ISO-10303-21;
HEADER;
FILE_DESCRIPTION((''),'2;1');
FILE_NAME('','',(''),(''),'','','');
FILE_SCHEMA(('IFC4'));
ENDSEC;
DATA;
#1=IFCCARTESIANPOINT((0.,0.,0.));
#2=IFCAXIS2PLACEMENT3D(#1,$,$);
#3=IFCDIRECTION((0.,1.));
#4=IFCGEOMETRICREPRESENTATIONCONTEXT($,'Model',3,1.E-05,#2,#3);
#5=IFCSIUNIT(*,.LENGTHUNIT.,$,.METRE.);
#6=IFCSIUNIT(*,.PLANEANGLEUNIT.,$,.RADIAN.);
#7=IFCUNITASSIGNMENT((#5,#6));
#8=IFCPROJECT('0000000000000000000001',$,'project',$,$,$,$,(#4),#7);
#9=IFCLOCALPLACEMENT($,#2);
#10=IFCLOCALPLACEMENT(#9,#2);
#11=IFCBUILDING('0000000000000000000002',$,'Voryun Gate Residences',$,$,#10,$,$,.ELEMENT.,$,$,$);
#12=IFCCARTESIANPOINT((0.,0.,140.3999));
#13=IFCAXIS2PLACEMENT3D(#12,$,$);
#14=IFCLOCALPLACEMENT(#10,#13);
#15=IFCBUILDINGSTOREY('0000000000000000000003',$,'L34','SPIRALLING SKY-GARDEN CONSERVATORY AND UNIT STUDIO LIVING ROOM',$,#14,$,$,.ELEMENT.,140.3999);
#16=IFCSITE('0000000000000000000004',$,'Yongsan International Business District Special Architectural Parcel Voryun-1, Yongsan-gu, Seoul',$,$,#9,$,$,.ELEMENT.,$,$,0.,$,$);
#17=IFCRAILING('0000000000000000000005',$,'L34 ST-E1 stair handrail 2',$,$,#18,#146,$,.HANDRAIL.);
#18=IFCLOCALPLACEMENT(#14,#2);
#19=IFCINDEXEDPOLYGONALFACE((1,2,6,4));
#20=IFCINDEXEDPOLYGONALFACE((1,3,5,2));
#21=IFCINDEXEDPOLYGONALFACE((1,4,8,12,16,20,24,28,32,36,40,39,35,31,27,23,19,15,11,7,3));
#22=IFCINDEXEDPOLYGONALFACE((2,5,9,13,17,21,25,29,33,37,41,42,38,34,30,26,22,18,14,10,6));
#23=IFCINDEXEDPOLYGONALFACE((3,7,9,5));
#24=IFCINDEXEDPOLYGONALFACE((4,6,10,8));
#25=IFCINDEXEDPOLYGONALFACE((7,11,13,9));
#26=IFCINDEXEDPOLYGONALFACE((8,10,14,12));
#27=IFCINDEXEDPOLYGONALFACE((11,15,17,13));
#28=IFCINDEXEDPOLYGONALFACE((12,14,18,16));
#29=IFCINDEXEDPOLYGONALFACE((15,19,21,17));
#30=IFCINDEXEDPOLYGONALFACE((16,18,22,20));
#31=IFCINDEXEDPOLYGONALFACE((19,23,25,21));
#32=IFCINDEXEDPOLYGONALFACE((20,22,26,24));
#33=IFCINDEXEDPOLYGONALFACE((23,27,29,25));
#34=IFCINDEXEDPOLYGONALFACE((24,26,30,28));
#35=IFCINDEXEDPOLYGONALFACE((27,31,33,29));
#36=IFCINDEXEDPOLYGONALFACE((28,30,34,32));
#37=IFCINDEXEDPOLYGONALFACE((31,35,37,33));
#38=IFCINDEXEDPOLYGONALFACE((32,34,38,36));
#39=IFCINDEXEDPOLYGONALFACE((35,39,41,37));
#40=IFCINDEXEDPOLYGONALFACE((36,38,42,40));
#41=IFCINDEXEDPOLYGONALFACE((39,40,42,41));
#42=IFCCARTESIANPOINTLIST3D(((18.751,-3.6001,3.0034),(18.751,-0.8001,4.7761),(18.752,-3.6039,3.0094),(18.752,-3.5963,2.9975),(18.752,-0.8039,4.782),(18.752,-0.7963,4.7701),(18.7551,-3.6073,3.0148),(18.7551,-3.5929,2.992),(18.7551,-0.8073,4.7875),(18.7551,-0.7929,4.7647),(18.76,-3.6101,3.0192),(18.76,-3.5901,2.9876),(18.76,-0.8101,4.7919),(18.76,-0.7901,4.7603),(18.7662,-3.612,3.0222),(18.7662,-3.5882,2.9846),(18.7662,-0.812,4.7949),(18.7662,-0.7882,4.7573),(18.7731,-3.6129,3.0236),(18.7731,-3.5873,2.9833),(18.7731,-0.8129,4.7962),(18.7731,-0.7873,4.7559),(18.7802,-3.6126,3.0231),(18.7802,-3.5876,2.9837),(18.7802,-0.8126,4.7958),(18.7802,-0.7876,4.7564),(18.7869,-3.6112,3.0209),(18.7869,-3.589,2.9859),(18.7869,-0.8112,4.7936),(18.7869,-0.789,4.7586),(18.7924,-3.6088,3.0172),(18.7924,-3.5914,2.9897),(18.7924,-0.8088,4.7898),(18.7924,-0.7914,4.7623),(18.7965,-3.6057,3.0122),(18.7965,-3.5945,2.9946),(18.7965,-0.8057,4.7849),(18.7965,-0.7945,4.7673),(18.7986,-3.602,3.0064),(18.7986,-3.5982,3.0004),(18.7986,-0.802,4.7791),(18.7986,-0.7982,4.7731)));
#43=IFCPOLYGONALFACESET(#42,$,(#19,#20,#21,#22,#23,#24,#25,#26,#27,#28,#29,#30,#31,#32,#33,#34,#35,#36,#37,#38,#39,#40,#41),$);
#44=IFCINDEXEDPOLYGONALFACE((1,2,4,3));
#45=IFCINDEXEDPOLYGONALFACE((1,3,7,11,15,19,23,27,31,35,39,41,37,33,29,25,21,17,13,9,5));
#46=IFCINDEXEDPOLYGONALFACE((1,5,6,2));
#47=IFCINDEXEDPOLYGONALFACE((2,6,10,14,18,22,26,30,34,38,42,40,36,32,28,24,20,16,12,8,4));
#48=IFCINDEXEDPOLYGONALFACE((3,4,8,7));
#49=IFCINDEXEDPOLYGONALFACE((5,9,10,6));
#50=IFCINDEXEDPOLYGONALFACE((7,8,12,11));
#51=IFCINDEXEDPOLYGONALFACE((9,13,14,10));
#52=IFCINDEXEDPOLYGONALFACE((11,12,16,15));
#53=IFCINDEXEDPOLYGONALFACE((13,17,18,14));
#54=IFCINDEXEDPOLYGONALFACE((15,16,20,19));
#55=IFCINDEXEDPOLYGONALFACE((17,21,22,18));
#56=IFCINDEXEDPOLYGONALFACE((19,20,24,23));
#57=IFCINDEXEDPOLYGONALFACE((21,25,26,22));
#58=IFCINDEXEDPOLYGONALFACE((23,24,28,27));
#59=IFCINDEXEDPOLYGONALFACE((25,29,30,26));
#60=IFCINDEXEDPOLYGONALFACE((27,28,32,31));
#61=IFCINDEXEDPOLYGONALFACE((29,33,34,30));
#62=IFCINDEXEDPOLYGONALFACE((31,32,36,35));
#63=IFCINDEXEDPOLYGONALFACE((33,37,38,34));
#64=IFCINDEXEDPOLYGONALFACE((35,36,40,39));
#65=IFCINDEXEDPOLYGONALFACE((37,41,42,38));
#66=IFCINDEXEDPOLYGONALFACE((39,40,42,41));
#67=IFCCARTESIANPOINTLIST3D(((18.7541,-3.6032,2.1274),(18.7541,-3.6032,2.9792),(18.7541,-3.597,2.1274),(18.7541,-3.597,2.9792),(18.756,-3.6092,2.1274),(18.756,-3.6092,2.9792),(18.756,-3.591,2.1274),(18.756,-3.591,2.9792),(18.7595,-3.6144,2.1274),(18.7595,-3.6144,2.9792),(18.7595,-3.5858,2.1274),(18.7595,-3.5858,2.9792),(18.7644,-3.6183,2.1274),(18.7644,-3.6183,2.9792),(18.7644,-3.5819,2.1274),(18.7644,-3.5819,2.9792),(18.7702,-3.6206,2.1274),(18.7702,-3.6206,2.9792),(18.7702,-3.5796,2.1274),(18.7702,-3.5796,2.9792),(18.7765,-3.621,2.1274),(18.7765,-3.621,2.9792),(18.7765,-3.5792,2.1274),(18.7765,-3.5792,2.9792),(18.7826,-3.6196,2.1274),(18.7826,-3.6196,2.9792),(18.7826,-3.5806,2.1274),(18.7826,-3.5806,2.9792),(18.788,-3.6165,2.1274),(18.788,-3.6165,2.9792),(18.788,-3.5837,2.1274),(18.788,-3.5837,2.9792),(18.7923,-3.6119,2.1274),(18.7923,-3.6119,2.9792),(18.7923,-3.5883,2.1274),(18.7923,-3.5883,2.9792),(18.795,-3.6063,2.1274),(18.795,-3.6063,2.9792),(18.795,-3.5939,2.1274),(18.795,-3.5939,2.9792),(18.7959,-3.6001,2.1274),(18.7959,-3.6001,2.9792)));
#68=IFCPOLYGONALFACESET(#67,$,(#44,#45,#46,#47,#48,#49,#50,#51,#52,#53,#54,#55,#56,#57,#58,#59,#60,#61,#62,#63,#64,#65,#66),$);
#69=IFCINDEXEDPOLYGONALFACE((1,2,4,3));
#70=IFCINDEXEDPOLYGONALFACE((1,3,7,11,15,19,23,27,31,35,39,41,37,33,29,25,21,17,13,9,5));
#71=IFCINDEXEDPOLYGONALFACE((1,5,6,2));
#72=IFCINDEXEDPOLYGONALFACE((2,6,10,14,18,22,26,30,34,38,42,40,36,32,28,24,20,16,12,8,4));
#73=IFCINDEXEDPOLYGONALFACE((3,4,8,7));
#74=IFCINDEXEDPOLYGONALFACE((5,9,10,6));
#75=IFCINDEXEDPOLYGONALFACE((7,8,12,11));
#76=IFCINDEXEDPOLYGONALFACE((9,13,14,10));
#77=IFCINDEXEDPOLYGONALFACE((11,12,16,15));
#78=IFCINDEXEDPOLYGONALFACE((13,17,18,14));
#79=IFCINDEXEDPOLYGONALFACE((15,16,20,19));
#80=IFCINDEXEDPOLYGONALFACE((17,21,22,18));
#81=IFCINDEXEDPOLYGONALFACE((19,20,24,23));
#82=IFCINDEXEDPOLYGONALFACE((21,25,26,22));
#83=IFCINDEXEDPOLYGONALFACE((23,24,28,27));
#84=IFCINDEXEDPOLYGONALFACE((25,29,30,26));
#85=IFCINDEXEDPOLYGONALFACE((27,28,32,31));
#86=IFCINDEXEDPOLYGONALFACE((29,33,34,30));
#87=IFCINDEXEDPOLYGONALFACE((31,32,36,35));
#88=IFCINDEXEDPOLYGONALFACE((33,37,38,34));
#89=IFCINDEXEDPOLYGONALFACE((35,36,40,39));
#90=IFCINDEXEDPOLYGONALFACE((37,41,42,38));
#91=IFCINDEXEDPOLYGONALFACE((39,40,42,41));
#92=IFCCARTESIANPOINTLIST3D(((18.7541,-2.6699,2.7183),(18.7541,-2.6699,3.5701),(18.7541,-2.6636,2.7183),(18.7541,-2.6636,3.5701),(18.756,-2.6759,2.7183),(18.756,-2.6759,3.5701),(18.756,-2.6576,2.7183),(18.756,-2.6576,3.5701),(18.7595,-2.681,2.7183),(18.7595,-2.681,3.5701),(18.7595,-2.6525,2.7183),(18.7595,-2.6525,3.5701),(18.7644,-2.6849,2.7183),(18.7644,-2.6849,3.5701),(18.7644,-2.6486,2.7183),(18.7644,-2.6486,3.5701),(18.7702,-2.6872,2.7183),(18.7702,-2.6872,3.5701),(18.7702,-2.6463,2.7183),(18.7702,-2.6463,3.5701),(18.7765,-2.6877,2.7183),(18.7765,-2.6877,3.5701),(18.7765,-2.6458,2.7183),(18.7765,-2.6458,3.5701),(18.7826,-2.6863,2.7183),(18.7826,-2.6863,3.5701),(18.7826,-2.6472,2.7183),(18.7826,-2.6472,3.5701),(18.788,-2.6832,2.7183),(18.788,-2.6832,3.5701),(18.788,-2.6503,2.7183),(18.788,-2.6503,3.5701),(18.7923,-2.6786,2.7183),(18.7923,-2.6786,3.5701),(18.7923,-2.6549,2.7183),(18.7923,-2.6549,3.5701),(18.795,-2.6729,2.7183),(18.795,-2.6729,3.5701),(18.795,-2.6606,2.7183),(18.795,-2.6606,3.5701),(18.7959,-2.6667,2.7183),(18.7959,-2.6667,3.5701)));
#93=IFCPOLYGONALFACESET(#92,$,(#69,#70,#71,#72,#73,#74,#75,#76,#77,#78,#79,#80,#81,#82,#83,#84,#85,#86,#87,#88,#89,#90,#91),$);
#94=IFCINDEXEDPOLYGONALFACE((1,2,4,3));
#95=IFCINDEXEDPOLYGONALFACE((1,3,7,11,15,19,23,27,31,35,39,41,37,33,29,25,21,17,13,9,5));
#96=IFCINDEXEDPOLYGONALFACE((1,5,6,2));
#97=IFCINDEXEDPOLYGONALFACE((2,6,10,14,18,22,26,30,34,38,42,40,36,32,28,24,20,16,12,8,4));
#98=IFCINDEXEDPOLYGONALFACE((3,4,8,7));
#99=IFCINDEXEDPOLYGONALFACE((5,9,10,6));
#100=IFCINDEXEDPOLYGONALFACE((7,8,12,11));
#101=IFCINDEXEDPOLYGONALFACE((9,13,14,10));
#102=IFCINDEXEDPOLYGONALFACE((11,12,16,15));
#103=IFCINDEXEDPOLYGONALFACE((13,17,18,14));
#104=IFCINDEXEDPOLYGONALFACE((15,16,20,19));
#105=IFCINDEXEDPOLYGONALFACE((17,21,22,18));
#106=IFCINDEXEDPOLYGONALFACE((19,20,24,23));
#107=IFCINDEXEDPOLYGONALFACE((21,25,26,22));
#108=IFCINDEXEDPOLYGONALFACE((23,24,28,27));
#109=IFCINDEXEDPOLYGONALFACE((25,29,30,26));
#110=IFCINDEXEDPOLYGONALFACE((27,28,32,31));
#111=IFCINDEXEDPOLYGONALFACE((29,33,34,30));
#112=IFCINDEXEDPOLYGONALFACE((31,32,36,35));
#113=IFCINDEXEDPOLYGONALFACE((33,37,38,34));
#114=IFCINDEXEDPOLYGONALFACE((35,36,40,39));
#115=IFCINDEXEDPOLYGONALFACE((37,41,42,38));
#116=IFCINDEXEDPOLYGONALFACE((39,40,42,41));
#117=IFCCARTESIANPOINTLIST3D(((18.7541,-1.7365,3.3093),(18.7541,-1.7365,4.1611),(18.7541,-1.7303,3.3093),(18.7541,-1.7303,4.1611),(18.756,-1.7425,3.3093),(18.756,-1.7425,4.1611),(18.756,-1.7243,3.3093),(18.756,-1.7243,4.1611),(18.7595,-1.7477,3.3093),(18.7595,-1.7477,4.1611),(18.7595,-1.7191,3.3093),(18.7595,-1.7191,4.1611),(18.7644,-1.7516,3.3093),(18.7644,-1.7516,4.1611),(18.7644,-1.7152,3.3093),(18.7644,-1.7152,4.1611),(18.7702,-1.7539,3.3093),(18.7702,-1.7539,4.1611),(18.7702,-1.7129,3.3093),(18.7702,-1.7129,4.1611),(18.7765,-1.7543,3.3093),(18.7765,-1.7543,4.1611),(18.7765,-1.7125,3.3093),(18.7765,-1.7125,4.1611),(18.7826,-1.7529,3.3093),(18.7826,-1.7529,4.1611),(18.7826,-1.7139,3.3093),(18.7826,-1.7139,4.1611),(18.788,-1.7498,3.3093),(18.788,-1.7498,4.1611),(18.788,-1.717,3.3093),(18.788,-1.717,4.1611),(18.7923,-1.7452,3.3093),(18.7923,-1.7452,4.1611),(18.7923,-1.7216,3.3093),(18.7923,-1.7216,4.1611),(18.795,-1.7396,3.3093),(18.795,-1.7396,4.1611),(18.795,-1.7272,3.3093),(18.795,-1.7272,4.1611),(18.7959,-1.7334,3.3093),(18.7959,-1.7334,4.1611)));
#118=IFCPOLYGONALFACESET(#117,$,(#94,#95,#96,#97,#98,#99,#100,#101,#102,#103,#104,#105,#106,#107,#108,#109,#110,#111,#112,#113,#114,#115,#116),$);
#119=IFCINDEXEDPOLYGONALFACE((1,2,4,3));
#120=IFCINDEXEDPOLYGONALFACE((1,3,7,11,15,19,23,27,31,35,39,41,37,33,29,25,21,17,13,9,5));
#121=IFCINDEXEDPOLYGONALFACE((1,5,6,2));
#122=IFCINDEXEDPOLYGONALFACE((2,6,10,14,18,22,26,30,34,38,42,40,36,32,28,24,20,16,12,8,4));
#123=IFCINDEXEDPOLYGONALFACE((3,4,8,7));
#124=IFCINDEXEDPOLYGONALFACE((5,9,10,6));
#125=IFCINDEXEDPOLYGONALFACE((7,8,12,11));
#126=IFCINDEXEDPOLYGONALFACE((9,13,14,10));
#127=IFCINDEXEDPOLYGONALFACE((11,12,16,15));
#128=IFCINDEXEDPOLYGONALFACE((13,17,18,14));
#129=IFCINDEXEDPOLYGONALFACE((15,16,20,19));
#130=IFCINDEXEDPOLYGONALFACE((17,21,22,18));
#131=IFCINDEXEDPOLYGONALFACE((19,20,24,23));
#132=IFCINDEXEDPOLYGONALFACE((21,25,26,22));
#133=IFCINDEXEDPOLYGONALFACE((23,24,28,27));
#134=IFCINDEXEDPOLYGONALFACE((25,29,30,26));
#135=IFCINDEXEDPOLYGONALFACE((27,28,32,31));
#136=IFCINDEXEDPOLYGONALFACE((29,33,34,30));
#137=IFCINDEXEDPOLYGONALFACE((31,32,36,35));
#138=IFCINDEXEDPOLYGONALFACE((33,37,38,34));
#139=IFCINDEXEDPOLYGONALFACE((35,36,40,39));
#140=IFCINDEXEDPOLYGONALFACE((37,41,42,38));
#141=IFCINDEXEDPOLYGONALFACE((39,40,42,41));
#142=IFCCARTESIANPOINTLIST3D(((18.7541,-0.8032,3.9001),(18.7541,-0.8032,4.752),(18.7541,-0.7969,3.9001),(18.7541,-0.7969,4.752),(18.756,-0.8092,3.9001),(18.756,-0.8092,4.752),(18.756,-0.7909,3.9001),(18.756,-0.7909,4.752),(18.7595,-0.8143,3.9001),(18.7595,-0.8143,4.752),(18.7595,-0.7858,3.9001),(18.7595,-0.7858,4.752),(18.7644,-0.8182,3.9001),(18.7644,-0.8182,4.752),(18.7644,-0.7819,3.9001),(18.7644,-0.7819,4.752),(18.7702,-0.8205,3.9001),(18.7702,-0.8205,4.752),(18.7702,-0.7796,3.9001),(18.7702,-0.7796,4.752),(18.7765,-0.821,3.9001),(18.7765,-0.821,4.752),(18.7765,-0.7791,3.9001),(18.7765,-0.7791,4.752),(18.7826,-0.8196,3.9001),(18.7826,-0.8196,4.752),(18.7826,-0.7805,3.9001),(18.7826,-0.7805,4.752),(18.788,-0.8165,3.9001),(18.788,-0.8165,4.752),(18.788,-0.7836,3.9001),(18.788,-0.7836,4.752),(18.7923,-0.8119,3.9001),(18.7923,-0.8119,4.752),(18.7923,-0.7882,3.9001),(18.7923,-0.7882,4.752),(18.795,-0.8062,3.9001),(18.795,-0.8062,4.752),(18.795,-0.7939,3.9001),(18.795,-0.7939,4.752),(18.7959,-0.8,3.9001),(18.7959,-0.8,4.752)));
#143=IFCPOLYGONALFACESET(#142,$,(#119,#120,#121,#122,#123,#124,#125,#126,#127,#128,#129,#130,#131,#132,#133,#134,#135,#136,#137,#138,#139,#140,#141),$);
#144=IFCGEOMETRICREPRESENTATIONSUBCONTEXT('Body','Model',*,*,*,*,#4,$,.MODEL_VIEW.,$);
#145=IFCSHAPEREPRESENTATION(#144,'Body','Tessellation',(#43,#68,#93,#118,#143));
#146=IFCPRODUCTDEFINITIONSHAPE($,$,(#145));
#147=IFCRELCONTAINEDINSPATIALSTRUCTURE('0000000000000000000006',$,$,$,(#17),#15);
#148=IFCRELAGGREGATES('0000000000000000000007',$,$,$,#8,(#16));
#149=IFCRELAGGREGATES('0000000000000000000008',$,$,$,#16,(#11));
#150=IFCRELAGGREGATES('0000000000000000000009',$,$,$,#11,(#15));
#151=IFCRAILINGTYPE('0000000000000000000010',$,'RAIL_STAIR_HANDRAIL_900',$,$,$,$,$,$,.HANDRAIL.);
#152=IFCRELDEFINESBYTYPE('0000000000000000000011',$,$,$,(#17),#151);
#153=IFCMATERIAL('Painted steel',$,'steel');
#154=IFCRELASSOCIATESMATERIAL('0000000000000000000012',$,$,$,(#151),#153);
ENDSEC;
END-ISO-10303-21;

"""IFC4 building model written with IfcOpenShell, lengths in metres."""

from ifc_helpers import new_model, si_unit, direction, frame, origin, origin_2d, place, context, subcontext, project, spatial, circle, extrude, material, type_object, element, save


model = new_model("IFC4")

# Units and contexts
model_context = context("Model", 3, precision=1e-05, world=origin(), true_north=direction((0.0, 1.0)))
body_context = subcontext(model_context, "Body", "Model", "MODEL_VIEW")
ifc_project = project(units=[si_unit("LENGTHUNIT", "METRE"), si_unit("PLANEANGLEUNIT", "RADIAN")], contexts=[model_context])

# Site, building, storey
site_placement = place(None, origin())
site = spatial("IfcSite", under=ifc_project, at=site_placement, Name="Yongsan International Business District Special Architectural Parcel Voryun-1, Yongsan-gu, Seoul", CompositionType="ELEMENT", RefElevation=0.0)
building_placement = place(site_placement, origin())
building = spatial("IfcBuilding", under=site, at=building_placement, Name="Voryun Gate Residences", CompositionType="ELEMENT")
storey_placement = place(building_placement, frame((0.0, 0.0, 140.3999)))
storey = spatial("IfcBuildingStorey", under=building, at=storey_placement, Name="L34", Description="SPIRALLING SKY-GARDEN CONSERVATORY AND UNIT STUDIO LIVING ROOM", CompositionType="ELEMENT", Elevation=140.3999)

# Railing
ifc_material_1 = material(Name="Painted steel", Category="steel")
railing_type_1 = type_object("IfcRailingType", Name="RAIL_STAIR_HANDRAIL_900", PredefinedType="HANDRAIL", material=ifc_material_1)
railing_1_placement = place(storey_placement, frame((18.7749, -3.6001, 2.1274)))
element("IfcRailing", 1, at=railing_1_placement, inside=storey, type_object=railing_type_1, Name="L34 ST-E1 stair handrail 2", PredefinedType="HANDRAIL", context=body_context, shape_type="SweptSolid", body=[
    extrude(circle(Radius=0.0239, at=origin_2d()), frame((0.0, 0.0, 0.876), z_axis=(0.0, 0.844909, 0.53491), x_axis=(-1.0, 0.0, 0.0)), (0.0, 0.0, 1.0), 3.314),
    extrude(circle(Radius=0.021, at=origin_2d()), origin(), (0.0, 0.0, 1.0), 0.8518),
    extrude(circle(Radius=0.021, at=origin_2d()), frame((0.0, 0.9333, 0.5908)), (0.0, 0.0, 1.0), 0.8518),
    extrude(circle(Radius=0.021, at=origin_2d()), frame((0.0, 1.8667, 1.1819)), (0.0, 0.0, 1.0), 0.8518),
    extrude(circle(Radius=0.021, at=origin_2d()), frame((0.0, 2.8, 1.7727)), (0.0, 0.0, 1.0), 0.8518),
])

save(model, "model.ifc")
